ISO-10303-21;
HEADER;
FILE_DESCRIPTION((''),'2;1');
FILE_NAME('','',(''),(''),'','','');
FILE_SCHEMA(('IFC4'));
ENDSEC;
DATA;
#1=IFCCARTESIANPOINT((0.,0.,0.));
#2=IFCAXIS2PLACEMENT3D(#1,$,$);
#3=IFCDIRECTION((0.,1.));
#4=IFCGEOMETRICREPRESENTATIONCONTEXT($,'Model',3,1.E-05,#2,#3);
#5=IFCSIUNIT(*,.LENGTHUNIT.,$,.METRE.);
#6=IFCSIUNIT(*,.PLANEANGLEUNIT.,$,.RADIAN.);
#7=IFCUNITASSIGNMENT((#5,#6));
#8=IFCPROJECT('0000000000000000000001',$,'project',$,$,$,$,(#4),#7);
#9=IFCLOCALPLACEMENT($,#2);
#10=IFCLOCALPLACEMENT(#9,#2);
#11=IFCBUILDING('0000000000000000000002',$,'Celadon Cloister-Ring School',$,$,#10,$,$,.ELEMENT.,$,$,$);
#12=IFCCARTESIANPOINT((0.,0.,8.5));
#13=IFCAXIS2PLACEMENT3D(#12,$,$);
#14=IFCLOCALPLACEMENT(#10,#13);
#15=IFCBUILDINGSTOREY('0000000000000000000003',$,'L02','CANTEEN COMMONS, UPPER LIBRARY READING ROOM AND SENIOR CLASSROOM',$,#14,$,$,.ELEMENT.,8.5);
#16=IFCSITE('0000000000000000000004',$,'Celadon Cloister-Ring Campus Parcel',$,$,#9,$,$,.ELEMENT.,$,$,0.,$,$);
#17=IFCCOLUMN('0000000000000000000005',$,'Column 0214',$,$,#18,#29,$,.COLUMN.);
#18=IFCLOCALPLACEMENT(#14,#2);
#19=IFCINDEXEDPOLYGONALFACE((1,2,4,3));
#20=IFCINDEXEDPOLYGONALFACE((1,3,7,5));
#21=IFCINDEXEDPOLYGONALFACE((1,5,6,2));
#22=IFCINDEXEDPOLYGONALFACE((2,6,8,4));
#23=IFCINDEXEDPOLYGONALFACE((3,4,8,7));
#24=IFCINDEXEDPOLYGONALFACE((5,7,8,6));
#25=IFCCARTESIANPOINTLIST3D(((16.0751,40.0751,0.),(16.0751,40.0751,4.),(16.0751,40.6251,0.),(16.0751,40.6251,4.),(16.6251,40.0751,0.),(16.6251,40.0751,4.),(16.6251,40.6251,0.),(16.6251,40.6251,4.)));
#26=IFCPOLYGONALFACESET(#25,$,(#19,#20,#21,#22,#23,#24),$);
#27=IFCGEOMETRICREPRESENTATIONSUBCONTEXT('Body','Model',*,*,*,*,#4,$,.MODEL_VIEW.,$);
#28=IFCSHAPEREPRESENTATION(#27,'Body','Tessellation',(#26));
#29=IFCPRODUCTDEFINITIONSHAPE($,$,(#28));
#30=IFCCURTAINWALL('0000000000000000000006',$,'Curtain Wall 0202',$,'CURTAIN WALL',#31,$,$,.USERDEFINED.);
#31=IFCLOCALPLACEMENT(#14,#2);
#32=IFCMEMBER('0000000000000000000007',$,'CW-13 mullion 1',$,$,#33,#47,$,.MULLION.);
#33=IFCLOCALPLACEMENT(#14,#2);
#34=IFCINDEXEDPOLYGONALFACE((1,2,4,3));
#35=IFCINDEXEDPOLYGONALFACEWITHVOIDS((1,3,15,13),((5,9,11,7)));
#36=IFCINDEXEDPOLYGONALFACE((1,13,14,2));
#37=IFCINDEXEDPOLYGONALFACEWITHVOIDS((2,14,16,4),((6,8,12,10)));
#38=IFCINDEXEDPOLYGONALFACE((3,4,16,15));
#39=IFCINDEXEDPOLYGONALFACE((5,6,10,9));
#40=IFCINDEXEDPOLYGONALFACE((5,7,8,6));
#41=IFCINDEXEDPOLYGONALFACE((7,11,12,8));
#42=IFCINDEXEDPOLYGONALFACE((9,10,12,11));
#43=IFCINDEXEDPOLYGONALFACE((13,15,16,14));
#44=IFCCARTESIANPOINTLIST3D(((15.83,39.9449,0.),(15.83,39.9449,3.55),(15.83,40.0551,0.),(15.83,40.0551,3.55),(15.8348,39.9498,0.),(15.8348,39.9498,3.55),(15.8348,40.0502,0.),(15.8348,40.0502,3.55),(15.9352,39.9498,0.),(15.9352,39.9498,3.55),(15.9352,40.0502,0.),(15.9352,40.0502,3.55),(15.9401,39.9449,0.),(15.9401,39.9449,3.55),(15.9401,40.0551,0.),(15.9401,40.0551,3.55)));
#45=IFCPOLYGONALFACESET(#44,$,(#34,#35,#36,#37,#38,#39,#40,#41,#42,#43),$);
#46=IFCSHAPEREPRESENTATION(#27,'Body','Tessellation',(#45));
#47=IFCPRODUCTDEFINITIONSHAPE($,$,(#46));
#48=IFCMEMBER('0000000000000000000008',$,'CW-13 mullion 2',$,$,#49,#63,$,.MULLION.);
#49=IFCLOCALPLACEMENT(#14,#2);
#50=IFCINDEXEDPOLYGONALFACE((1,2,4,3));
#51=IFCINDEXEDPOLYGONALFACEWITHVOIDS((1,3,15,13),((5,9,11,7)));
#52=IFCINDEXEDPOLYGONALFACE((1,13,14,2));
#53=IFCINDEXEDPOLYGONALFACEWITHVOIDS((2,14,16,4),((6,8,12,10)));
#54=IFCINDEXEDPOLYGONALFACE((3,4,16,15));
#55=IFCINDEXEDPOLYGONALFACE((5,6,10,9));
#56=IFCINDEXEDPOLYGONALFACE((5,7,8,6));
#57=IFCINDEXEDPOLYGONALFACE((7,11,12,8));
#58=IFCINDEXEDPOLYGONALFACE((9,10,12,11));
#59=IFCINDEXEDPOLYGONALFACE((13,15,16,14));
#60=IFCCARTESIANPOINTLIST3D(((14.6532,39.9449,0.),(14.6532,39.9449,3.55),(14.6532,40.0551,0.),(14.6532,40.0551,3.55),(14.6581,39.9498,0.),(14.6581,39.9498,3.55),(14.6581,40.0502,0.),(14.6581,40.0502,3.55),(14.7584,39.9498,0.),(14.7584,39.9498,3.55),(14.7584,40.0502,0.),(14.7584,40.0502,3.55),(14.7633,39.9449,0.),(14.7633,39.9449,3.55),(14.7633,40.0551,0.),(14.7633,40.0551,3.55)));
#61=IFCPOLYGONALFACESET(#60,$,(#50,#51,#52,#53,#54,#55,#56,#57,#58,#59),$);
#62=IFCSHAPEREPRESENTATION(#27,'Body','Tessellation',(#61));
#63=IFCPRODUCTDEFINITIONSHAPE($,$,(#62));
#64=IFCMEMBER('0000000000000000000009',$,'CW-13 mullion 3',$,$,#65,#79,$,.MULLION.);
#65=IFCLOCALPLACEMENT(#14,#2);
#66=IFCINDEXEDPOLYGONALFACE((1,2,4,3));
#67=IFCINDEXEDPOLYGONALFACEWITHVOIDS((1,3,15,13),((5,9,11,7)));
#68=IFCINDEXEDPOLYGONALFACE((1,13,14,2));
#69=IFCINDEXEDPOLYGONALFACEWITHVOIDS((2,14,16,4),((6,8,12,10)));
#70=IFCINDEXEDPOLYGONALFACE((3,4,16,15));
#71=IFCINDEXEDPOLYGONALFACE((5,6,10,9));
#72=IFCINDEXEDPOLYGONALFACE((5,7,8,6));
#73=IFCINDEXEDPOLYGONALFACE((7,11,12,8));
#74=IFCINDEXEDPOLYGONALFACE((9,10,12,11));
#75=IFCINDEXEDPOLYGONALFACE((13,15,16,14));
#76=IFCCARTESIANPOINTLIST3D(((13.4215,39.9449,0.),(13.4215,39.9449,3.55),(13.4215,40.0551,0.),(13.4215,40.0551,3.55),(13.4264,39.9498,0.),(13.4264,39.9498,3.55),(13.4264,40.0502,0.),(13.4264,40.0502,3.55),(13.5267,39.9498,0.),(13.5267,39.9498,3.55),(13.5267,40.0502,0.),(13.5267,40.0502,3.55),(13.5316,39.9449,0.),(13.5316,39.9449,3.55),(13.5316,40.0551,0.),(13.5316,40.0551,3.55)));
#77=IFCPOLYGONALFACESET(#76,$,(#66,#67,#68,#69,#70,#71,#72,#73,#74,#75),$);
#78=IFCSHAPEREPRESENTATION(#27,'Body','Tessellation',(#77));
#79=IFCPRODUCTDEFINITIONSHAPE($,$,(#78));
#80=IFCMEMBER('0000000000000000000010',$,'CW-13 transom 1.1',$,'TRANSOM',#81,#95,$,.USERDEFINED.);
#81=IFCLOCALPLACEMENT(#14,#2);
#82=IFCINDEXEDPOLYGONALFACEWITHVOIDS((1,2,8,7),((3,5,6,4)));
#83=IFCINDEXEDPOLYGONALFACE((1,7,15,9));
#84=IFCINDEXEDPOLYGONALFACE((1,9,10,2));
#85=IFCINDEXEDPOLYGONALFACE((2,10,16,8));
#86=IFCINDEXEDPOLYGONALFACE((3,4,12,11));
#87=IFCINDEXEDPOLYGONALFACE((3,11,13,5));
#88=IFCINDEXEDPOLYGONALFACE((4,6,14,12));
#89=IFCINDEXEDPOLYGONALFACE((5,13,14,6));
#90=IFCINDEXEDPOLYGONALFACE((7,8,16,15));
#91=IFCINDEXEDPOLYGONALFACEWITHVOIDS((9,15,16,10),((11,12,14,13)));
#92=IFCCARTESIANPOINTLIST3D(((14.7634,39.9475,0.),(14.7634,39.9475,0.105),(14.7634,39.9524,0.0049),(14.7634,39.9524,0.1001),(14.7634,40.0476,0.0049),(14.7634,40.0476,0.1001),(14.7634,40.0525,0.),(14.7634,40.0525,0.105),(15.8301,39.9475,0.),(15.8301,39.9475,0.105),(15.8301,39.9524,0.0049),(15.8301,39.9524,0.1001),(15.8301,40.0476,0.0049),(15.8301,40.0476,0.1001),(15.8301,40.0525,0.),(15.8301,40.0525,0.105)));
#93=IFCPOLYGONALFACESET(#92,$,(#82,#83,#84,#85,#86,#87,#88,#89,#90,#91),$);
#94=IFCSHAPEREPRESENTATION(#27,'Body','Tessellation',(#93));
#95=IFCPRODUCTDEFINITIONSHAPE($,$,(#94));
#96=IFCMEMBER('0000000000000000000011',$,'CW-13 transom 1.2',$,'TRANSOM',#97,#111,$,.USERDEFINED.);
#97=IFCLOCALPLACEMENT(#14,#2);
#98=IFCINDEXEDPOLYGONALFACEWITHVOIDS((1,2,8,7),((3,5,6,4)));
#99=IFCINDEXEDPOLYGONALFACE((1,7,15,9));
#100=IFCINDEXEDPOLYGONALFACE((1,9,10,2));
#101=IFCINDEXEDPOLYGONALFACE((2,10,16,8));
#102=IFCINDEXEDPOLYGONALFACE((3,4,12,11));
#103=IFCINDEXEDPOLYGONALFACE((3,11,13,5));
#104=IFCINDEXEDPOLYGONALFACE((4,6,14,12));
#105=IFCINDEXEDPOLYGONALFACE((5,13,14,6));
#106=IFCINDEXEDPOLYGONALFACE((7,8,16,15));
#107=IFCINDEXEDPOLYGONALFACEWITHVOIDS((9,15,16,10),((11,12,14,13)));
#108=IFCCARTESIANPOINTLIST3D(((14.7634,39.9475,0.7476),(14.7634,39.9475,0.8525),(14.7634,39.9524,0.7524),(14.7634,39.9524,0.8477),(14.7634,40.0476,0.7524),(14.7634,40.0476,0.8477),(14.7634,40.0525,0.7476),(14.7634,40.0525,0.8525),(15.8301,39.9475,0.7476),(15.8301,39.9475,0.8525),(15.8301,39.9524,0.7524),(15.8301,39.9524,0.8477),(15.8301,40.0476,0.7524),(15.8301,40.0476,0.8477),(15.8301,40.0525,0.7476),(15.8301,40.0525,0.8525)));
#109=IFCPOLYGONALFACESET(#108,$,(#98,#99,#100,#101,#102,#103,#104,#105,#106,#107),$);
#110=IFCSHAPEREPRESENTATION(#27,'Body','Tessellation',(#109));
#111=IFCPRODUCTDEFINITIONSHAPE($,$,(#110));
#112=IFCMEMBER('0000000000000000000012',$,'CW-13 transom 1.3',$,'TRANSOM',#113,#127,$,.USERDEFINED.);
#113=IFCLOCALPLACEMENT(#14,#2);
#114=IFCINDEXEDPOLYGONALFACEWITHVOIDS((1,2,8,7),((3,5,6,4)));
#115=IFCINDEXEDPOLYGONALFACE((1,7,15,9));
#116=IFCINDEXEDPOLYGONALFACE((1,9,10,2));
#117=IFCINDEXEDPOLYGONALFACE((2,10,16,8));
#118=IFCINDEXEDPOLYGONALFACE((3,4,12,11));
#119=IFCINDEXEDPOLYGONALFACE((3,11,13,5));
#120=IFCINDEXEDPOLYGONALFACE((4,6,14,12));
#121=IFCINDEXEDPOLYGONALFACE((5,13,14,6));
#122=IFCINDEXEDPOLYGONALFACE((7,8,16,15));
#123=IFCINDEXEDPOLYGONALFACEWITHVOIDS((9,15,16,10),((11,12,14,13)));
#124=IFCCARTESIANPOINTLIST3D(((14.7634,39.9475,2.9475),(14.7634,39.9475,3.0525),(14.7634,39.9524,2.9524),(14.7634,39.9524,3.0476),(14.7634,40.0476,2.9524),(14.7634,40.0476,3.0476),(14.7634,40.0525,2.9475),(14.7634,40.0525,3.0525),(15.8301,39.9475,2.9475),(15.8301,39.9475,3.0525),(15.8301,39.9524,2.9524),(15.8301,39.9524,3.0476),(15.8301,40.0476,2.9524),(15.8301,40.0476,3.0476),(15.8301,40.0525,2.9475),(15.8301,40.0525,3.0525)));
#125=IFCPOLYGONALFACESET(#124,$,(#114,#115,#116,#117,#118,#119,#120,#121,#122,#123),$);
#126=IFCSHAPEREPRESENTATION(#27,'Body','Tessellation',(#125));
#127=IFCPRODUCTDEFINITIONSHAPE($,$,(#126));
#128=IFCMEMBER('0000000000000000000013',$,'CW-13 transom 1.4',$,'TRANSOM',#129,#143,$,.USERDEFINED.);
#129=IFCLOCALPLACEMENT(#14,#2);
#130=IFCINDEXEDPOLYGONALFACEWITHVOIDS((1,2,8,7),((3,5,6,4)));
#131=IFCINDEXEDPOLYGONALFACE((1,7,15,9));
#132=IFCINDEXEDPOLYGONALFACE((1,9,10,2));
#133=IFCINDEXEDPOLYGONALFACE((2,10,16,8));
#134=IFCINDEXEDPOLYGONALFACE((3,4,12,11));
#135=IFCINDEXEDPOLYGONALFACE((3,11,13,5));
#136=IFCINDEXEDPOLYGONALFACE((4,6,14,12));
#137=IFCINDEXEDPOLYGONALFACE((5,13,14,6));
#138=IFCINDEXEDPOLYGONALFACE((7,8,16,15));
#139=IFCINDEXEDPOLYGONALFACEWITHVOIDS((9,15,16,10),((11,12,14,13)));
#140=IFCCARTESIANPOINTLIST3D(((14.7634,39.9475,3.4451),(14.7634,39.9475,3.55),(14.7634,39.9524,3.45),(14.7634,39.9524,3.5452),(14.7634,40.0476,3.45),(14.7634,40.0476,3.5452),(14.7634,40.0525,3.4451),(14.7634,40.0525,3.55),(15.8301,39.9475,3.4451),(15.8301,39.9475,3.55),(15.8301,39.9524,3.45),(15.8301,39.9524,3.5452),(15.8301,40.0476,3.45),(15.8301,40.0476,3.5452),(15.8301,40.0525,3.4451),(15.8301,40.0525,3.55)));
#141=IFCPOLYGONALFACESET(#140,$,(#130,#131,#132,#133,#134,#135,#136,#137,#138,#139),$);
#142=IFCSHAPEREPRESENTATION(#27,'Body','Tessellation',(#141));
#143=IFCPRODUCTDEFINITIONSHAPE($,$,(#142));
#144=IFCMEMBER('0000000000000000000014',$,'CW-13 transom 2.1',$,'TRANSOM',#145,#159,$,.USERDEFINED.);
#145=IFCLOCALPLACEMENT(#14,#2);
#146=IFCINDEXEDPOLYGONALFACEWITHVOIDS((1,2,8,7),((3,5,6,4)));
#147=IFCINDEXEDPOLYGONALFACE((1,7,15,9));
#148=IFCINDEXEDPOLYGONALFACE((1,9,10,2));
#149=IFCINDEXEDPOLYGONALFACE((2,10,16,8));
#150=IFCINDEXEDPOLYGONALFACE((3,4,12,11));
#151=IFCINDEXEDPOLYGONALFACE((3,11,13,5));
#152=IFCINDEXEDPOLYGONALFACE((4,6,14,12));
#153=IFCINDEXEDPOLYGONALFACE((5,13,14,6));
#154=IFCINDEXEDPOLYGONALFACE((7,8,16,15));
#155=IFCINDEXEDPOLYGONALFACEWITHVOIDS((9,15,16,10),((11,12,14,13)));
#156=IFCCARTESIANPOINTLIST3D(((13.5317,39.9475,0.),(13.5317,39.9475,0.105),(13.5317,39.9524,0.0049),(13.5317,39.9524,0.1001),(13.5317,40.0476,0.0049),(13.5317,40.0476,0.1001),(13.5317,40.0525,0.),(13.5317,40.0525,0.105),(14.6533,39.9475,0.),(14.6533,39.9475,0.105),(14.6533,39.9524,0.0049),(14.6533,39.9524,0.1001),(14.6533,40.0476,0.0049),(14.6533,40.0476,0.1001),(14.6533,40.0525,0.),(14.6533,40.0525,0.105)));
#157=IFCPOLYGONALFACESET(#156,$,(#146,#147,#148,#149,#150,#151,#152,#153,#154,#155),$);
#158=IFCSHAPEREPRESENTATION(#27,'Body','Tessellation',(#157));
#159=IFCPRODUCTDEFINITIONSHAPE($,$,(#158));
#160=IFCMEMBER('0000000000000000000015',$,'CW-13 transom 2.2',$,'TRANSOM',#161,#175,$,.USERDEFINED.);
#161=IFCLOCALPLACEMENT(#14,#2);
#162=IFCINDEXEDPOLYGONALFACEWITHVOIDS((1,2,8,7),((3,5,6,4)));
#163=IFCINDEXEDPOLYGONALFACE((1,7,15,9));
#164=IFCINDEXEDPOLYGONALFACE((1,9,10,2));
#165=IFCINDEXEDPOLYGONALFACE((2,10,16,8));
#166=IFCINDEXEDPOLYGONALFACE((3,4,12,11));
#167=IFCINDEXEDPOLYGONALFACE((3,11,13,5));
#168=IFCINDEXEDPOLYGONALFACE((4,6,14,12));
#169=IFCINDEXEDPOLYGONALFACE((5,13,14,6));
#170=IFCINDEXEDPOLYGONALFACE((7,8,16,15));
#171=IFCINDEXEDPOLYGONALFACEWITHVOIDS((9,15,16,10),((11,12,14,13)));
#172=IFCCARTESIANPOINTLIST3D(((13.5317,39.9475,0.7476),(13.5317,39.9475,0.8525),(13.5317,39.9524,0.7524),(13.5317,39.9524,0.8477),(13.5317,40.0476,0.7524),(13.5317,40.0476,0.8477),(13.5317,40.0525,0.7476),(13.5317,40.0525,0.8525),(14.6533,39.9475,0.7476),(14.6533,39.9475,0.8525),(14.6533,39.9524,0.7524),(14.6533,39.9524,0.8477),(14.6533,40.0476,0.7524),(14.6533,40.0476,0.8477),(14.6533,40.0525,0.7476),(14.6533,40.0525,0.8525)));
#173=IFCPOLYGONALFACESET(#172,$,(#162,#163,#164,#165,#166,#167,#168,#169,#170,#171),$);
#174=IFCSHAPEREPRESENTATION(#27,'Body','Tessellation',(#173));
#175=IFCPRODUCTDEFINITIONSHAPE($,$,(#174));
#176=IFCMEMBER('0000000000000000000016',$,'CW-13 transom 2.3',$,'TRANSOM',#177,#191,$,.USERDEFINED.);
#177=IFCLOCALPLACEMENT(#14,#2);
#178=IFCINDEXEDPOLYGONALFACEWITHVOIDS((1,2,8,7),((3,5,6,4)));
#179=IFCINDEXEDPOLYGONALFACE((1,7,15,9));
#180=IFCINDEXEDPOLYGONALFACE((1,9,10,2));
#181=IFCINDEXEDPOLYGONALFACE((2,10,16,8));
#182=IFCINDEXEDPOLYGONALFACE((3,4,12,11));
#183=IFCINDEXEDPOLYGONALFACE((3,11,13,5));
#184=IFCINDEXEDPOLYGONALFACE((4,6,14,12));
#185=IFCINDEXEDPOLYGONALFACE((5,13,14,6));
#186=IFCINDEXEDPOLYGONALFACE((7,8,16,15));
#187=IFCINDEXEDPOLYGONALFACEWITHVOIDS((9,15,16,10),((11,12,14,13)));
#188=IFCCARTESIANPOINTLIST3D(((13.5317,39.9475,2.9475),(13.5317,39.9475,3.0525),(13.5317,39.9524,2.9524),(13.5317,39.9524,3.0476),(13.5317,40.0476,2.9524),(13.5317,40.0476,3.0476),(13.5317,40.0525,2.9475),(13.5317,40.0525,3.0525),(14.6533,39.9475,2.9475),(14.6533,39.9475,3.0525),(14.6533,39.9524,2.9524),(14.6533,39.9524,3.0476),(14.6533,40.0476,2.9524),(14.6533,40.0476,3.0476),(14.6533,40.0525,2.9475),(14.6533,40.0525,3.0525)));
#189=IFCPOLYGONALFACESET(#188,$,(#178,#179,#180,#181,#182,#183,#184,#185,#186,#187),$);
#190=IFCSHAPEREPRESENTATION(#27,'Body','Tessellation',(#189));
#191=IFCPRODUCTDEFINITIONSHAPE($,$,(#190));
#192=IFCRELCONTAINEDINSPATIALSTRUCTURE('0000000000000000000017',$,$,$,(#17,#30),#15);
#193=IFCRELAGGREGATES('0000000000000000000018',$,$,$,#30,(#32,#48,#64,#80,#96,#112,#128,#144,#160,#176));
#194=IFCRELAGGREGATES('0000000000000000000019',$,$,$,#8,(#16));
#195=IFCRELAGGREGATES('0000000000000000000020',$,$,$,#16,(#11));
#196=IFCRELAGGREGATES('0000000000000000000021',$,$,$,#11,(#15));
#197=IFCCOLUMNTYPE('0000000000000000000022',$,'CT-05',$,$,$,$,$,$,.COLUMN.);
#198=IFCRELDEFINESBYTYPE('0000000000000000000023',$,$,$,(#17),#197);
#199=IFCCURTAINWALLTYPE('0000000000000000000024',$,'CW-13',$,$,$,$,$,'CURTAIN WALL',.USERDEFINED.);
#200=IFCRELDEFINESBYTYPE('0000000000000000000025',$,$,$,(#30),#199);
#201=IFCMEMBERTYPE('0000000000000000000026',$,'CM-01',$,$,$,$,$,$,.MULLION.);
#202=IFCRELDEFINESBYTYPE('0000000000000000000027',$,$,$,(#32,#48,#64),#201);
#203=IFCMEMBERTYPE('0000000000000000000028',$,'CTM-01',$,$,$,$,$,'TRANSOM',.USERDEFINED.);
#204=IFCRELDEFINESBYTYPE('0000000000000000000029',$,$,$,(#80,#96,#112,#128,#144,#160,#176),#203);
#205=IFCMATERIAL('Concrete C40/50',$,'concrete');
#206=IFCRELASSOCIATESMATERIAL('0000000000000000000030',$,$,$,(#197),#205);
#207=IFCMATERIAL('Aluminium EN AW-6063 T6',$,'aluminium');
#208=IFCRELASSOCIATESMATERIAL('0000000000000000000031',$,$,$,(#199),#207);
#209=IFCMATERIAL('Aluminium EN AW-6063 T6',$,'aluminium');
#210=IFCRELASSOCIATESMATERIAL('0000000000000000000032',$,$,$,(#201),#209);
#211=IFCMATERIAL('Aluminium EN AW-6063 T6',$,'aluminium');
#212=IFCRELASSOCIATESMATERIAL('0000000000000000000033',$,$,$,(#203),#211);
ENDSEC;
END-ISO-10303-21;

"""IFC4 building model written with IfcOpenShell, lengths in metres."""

from ifc_helpers import new_model, si_unit, direction, frame, origin, origin_2d, place, context, subcontext, project, spatial, rectangle, hollow_rectangle, extrude, material, material_profile, profile_set, type_object, element, aggregate, save


model = new_model("IFC4")

# Units and contexts
model_context = context("Model", 3, precision=1e-05, world=origin(), true_north=direction((0.0, 1.0)))
body_context = subcontext(model_context, "Body", "Model", "MODEL_VIEW")
ifc_project = project(units=[si_unit("LENGTHUNIT", "METRE"), si_unit("PLANEANGLEUNIT", "RADIAN")], contexts=[model_context])

# Site, building, storey
site_placement = place(None, origin())
site = spatial("IfcSite", under=ifc_project, at=site_placement, Name="Celadon Cloister-Ring Campus Parcel", CompositionType="ELEMENT", RefElevation=0.0)
building_placement = place(site_placement, origin())
building = spatial("IfcBuilding", under=site, at=building_placement, Name="Celadon Cloister-Ring School", CompositionType="ELEMENT")
storey_placement = place(building_placement, frame((0.0, 0.0, 8.5)))
storey = spatial("IfcBuildingStorey", under=building, at=storey_placement, Name="L02", Description="CANTEEN COMMONS, UPPER LIBRARY READING ROOM AND SENIOR CLASSROOM", CompositionType="ELEMENT", Elevation=8.5)

# Column
ifc_material_1 = material(Name="Concrete C40/50", Category="concrete")
ifc_material_profile_1 = material_profile(ifc_material_1, rectangle(XDim=0.55, YDim=0.55, at=origin_2d()), Name="RC550X550")
ifc_profile_set_1 = profile_set([ifc_material_profile_1], Name="Concrete C40/50")
column_type = type_object("IfcColumnType", Name="CT-05", PredefinedType="COLUMN", material=ifc_profile_set_1)
column_placement = place(storey_placement, frame((16.3501, 40.3501, 0.0), z_axis=(0.0, 0.0, 1.0), x_axis=(1.0, 0.0, 0.0)))
element("IfcColumn", 1, at=column_placement, inside=storey, type_object=column_type, Name="Column 0214", PredefinedType="COLUMN", context=body_context, shape_type="SweptSolid", body=[
    extrude(rectangle(XDim=0.55, YDim=0.55, at=origin_2d()), origin(), (0.0, 0.0, 1.0), 4.0),
])

# Curtain wall, members
ifc_material_2 = material(Name="Aluminium EN AW-6063 T6", Category="aluminium")
curtain_wall_type = type_object("IfcCurtainWallType", Name="CW-13", ElementType="CURTAIN WALL", PredefinedType="USERDEFINED", material=ifc_material_2)
curtain_wall_placement = place(storey_placement, origin())
curtain_wall = element("IfcCurtainWall", 2, at=curtain_wall_placement, inside=storey, type_object=curtain_wall_type, Name="Curtain Wall 0202", ObjectType="CURTAIN WALL", PredefinedType="USERDEFINED")
ifc_material_3 = material(Name="Aluminium EN AW-6063 T6", Category="aluminium")
ifc_material_profile_2 = material_profile(ifc_material_3, hollow_rectangle(XDim=0.1101, YDim=0.1101, WallThickness=0.0049, at=origin_2d()), Name="RHS110X110X5")
ifc_profile_set_2 = profile_set([ifc_material_profile_2], Name="Aluminium EN AW-6063 T6")
member_type_1 = type_object("IfcMemberType", Name="CM-01", PredefinedType="MULLION", material=ifc_profile_set_2)
member_1_placement = place(storey_placement, frame((15.885, 40.0, 0.0), z_axis=(0.0, 0.0, 1.0), x_axis=(0.0, -1.0, 0.0)))
member_1 = element("IfcMember", 3, at=member_1_placement, type_object=member_type_1, Name="CW-13 mullion 1", PredefinedType="MULLION", context=body_context, shape_type="SweptSolid", body=[
    extrude(hollow_rectangle(XDim=0.1101, YDim=0.1101, WallThickness=0.0049, at=origin_2d()), origin(), (0.0, 0.0, 1.0), 3.55),
])
member_2_placement = place(storey_placement, frame((14.7083, 40.0, 0.0), z_axis=(0.0, 0.0, 1.0), x_axis=(0.0, -1.0, 0.0)))
member_2 = element("IfcMember", 4, at=member_2_placement, type_object=member_type_1, Name="CW-13 mullion 2", PredefinedType="MULLION", context=body_context, shape_type="SweptSolid", body=[
    extrude(hollow_rectangle(XDim=0.1101, YDim=0.1101, WallThickness=0.0049, at=origin_2d()), origin(), (0.0, 0.0, 1.0), 3.55),
])
member_3_placement = place(storey_placement, frame((13.4766, 40.0, 0.0), z_axis=(0.0, 0.0, 1.0), x_axis=(0.0, -1.0, 0.0)))
member_3 = element("IfcMember", 5, at=member_3_placement, type_object=member_type_1, Name="CW-13 mullion 3", PredefinedType="MULLION", context=body_context, shape_type="SweptSolid", body=[
    extrude(hollow_rectangle(XDim=0.1101, YDim=0.1101, WallThickness=0.0049, at=origin_2d()), origin(), (0.0, 0.0, 1.0), 3.55),
])
ifc_material_4 = material(Name="Aluminium EN AW-6063 T6", Category="aluminium")
ifc_material_profile_3 = material_profile(ifc_material_4, hollow_rectangle(XDim=0.105, YDim=0.105, WallThickness=0.0049, at=origin_2d()), Name="RHS105X105X5")
ifc_profile_set_3 = profile_set([ifc_material_profile_3], Name="Aluminium EN AW-6063 T6")
member_type_2 = type_object("IfcMemberType", Name="CTM-01", ElementType="TRANSOM", PredefinedType="USERDEFINED", material=ifc_profile_set_3)
member_4_placement = place(storey_placement, frame((15.8301, 40.0, 0.0525), z_axis=(-1.0, 0.0, 0.0), x_axis=(0.0, -1.0, 0.0)))
member_4 = element("IfcMember", 6, at=member_4_placement, type_object=member_type_2, Name="CW-13 transom 1.1", ObjectType="TRANSOM", PredefinedType="USERDEFINED", context=body_context, shape_type="SweptSolid", body=[
    extrude(hollow_rectangle(XDim=0.105, YDim=0.105, WallThickness=0.0049, at=origin_2d()), origin(), (0.0, 0.0, 1.0), 1.0667),
])
member_5_placement = place(storey_placement, frame((15.8301, 40.0, 0.8), z_axis=(-1.0, 0.0, 0.0), x_axis=(0.0, -1.0, 0.0)))
member_5 = element("IfcMember", 7, at=member_5_placement, type_object=member_type_2, Name="CW-13 transom 1.2", ObjectType="TRANSOM", PredefinedType="USERDEFINED", context=body_context, shape_type="SweptSolid", body=[
    extrude(hollow_rectangle(XDim=0.105, YDim=0.105, WallThickness=0.0049, at=origin_2d()), origin(), (0.0, 0.0, 1.0), 1.0667),
])
member_6_placement = place(storey_placement, frame((15.8301, 40.0, 3.0), z_axis=(-1.0, 0.0, 0.0), x_axis=(0.0, -1.0, 0.0)))
member_6 = element("IfcMember", 8, at=member_6_placement, type_object=member_type_2, Name="CW-13 transom 1.3", ObjectType="TRANSOM", PredefinedType="USERDEFINED", context=body_context, shape_type="SweptSolid", body=[
    extrude(hollow_rectangle(XDim=0.105, YDim=0.105, WallThickness=0.0049, at=origin_2d()), origin(), (0.0, 0.0, 1.0), 1.0667),
])
member_7_placement = place(storey_placement, frame((15.8301, 40.0, 3.4976), z_axis=(-1.0, 0.0, 0.0), x_axis=(0.0, -1.0, 0.0)))
member_7 = element("IfcMember", 9, at=member_7_placement, type_object=member_type_2, Name="CW-13 transom 1.4", ObjectType="TRANSOM", PredefinedType="USERDEFINED", context=body_context, shape_type="SweptSolid", body=[
    extrude(hollow_rectangle(XDim=0.105, YDim=0.105, WallThickness=0.0049, at=origin_2d()), origin(), (0.0, 0.0, 1.0), 1.0667),
])
member_8_placement = place(storey_placement, frame((14.6533, 40.0, 0.0525), z_axis=(-1.0, 0.0, 0.0), x_axis=(0.0, -1.0, 0.0)))
member_8 = element("IfcMember", 10, at=member_8_placement, type_object=member_type_2, Name="CW-13 transom 2.1", ObjectType="TRANSOM", PredefinedType="USERDEFINED", context=body_context, shape_type="SweptSolid", body=[
    extrude(hollow_rectangle(XDim=0.105, YDim=0.105, WallThickness=0.0049, at=origin_2d()), origin(), (0.0, 0.0, 1.0), 1.1216),
])
member_9_placement = place(storey_placement, frame((14.6533, 40.0, 0.8), z_axis=(-1.0, 0.0, 0.0), x_axis=(0.0, -1.0, 0.0)))
member_9 = element("IfcMember", 11, at=member_9_placement, type_object=member_type_2, Name="CW-13 transom 2.2", ObjectType="TRANSOM", PredefinedType="USERDEFINED", context=body_context, shape_type="SweptSolid", body=[
    extrude(hollow_rectangle(XDim=0.105, YDim=0.105, WallThickness=0.0049, at=origin_2d()), origin(), (0.0, 0.0, 1.0), 1.1216),
])
member_10_placement = place(storey_placement, frame((14.6533, 40.0, 3.0), z_axis=(-1.0, 0.0, 0.0), x_axis=(0.0, -1.0, 0.0)))
member_10 = element("IfcMember", 12, at=member_10_placement, type_object=member_type_2, Name="CW-13 transom 2.3", ObjectType="TRANSOM", PredefinedType="USERDEFINED", context=body_context, shape_type="SweptSolid", body=[
    extrude(hollow_rectangle(XDim=0.105, YDim=0.105, WallThickness=0.0049, at=origin_2d()), origin(), (0.0, 0.0, 1.0), 1.1216),
])
aggregate(curtain_wall, [member_1, member_2, member_3, member_4, member_5, member_6, member_7, member_8, member_9, member_10])

save(model, "model.ifc")
